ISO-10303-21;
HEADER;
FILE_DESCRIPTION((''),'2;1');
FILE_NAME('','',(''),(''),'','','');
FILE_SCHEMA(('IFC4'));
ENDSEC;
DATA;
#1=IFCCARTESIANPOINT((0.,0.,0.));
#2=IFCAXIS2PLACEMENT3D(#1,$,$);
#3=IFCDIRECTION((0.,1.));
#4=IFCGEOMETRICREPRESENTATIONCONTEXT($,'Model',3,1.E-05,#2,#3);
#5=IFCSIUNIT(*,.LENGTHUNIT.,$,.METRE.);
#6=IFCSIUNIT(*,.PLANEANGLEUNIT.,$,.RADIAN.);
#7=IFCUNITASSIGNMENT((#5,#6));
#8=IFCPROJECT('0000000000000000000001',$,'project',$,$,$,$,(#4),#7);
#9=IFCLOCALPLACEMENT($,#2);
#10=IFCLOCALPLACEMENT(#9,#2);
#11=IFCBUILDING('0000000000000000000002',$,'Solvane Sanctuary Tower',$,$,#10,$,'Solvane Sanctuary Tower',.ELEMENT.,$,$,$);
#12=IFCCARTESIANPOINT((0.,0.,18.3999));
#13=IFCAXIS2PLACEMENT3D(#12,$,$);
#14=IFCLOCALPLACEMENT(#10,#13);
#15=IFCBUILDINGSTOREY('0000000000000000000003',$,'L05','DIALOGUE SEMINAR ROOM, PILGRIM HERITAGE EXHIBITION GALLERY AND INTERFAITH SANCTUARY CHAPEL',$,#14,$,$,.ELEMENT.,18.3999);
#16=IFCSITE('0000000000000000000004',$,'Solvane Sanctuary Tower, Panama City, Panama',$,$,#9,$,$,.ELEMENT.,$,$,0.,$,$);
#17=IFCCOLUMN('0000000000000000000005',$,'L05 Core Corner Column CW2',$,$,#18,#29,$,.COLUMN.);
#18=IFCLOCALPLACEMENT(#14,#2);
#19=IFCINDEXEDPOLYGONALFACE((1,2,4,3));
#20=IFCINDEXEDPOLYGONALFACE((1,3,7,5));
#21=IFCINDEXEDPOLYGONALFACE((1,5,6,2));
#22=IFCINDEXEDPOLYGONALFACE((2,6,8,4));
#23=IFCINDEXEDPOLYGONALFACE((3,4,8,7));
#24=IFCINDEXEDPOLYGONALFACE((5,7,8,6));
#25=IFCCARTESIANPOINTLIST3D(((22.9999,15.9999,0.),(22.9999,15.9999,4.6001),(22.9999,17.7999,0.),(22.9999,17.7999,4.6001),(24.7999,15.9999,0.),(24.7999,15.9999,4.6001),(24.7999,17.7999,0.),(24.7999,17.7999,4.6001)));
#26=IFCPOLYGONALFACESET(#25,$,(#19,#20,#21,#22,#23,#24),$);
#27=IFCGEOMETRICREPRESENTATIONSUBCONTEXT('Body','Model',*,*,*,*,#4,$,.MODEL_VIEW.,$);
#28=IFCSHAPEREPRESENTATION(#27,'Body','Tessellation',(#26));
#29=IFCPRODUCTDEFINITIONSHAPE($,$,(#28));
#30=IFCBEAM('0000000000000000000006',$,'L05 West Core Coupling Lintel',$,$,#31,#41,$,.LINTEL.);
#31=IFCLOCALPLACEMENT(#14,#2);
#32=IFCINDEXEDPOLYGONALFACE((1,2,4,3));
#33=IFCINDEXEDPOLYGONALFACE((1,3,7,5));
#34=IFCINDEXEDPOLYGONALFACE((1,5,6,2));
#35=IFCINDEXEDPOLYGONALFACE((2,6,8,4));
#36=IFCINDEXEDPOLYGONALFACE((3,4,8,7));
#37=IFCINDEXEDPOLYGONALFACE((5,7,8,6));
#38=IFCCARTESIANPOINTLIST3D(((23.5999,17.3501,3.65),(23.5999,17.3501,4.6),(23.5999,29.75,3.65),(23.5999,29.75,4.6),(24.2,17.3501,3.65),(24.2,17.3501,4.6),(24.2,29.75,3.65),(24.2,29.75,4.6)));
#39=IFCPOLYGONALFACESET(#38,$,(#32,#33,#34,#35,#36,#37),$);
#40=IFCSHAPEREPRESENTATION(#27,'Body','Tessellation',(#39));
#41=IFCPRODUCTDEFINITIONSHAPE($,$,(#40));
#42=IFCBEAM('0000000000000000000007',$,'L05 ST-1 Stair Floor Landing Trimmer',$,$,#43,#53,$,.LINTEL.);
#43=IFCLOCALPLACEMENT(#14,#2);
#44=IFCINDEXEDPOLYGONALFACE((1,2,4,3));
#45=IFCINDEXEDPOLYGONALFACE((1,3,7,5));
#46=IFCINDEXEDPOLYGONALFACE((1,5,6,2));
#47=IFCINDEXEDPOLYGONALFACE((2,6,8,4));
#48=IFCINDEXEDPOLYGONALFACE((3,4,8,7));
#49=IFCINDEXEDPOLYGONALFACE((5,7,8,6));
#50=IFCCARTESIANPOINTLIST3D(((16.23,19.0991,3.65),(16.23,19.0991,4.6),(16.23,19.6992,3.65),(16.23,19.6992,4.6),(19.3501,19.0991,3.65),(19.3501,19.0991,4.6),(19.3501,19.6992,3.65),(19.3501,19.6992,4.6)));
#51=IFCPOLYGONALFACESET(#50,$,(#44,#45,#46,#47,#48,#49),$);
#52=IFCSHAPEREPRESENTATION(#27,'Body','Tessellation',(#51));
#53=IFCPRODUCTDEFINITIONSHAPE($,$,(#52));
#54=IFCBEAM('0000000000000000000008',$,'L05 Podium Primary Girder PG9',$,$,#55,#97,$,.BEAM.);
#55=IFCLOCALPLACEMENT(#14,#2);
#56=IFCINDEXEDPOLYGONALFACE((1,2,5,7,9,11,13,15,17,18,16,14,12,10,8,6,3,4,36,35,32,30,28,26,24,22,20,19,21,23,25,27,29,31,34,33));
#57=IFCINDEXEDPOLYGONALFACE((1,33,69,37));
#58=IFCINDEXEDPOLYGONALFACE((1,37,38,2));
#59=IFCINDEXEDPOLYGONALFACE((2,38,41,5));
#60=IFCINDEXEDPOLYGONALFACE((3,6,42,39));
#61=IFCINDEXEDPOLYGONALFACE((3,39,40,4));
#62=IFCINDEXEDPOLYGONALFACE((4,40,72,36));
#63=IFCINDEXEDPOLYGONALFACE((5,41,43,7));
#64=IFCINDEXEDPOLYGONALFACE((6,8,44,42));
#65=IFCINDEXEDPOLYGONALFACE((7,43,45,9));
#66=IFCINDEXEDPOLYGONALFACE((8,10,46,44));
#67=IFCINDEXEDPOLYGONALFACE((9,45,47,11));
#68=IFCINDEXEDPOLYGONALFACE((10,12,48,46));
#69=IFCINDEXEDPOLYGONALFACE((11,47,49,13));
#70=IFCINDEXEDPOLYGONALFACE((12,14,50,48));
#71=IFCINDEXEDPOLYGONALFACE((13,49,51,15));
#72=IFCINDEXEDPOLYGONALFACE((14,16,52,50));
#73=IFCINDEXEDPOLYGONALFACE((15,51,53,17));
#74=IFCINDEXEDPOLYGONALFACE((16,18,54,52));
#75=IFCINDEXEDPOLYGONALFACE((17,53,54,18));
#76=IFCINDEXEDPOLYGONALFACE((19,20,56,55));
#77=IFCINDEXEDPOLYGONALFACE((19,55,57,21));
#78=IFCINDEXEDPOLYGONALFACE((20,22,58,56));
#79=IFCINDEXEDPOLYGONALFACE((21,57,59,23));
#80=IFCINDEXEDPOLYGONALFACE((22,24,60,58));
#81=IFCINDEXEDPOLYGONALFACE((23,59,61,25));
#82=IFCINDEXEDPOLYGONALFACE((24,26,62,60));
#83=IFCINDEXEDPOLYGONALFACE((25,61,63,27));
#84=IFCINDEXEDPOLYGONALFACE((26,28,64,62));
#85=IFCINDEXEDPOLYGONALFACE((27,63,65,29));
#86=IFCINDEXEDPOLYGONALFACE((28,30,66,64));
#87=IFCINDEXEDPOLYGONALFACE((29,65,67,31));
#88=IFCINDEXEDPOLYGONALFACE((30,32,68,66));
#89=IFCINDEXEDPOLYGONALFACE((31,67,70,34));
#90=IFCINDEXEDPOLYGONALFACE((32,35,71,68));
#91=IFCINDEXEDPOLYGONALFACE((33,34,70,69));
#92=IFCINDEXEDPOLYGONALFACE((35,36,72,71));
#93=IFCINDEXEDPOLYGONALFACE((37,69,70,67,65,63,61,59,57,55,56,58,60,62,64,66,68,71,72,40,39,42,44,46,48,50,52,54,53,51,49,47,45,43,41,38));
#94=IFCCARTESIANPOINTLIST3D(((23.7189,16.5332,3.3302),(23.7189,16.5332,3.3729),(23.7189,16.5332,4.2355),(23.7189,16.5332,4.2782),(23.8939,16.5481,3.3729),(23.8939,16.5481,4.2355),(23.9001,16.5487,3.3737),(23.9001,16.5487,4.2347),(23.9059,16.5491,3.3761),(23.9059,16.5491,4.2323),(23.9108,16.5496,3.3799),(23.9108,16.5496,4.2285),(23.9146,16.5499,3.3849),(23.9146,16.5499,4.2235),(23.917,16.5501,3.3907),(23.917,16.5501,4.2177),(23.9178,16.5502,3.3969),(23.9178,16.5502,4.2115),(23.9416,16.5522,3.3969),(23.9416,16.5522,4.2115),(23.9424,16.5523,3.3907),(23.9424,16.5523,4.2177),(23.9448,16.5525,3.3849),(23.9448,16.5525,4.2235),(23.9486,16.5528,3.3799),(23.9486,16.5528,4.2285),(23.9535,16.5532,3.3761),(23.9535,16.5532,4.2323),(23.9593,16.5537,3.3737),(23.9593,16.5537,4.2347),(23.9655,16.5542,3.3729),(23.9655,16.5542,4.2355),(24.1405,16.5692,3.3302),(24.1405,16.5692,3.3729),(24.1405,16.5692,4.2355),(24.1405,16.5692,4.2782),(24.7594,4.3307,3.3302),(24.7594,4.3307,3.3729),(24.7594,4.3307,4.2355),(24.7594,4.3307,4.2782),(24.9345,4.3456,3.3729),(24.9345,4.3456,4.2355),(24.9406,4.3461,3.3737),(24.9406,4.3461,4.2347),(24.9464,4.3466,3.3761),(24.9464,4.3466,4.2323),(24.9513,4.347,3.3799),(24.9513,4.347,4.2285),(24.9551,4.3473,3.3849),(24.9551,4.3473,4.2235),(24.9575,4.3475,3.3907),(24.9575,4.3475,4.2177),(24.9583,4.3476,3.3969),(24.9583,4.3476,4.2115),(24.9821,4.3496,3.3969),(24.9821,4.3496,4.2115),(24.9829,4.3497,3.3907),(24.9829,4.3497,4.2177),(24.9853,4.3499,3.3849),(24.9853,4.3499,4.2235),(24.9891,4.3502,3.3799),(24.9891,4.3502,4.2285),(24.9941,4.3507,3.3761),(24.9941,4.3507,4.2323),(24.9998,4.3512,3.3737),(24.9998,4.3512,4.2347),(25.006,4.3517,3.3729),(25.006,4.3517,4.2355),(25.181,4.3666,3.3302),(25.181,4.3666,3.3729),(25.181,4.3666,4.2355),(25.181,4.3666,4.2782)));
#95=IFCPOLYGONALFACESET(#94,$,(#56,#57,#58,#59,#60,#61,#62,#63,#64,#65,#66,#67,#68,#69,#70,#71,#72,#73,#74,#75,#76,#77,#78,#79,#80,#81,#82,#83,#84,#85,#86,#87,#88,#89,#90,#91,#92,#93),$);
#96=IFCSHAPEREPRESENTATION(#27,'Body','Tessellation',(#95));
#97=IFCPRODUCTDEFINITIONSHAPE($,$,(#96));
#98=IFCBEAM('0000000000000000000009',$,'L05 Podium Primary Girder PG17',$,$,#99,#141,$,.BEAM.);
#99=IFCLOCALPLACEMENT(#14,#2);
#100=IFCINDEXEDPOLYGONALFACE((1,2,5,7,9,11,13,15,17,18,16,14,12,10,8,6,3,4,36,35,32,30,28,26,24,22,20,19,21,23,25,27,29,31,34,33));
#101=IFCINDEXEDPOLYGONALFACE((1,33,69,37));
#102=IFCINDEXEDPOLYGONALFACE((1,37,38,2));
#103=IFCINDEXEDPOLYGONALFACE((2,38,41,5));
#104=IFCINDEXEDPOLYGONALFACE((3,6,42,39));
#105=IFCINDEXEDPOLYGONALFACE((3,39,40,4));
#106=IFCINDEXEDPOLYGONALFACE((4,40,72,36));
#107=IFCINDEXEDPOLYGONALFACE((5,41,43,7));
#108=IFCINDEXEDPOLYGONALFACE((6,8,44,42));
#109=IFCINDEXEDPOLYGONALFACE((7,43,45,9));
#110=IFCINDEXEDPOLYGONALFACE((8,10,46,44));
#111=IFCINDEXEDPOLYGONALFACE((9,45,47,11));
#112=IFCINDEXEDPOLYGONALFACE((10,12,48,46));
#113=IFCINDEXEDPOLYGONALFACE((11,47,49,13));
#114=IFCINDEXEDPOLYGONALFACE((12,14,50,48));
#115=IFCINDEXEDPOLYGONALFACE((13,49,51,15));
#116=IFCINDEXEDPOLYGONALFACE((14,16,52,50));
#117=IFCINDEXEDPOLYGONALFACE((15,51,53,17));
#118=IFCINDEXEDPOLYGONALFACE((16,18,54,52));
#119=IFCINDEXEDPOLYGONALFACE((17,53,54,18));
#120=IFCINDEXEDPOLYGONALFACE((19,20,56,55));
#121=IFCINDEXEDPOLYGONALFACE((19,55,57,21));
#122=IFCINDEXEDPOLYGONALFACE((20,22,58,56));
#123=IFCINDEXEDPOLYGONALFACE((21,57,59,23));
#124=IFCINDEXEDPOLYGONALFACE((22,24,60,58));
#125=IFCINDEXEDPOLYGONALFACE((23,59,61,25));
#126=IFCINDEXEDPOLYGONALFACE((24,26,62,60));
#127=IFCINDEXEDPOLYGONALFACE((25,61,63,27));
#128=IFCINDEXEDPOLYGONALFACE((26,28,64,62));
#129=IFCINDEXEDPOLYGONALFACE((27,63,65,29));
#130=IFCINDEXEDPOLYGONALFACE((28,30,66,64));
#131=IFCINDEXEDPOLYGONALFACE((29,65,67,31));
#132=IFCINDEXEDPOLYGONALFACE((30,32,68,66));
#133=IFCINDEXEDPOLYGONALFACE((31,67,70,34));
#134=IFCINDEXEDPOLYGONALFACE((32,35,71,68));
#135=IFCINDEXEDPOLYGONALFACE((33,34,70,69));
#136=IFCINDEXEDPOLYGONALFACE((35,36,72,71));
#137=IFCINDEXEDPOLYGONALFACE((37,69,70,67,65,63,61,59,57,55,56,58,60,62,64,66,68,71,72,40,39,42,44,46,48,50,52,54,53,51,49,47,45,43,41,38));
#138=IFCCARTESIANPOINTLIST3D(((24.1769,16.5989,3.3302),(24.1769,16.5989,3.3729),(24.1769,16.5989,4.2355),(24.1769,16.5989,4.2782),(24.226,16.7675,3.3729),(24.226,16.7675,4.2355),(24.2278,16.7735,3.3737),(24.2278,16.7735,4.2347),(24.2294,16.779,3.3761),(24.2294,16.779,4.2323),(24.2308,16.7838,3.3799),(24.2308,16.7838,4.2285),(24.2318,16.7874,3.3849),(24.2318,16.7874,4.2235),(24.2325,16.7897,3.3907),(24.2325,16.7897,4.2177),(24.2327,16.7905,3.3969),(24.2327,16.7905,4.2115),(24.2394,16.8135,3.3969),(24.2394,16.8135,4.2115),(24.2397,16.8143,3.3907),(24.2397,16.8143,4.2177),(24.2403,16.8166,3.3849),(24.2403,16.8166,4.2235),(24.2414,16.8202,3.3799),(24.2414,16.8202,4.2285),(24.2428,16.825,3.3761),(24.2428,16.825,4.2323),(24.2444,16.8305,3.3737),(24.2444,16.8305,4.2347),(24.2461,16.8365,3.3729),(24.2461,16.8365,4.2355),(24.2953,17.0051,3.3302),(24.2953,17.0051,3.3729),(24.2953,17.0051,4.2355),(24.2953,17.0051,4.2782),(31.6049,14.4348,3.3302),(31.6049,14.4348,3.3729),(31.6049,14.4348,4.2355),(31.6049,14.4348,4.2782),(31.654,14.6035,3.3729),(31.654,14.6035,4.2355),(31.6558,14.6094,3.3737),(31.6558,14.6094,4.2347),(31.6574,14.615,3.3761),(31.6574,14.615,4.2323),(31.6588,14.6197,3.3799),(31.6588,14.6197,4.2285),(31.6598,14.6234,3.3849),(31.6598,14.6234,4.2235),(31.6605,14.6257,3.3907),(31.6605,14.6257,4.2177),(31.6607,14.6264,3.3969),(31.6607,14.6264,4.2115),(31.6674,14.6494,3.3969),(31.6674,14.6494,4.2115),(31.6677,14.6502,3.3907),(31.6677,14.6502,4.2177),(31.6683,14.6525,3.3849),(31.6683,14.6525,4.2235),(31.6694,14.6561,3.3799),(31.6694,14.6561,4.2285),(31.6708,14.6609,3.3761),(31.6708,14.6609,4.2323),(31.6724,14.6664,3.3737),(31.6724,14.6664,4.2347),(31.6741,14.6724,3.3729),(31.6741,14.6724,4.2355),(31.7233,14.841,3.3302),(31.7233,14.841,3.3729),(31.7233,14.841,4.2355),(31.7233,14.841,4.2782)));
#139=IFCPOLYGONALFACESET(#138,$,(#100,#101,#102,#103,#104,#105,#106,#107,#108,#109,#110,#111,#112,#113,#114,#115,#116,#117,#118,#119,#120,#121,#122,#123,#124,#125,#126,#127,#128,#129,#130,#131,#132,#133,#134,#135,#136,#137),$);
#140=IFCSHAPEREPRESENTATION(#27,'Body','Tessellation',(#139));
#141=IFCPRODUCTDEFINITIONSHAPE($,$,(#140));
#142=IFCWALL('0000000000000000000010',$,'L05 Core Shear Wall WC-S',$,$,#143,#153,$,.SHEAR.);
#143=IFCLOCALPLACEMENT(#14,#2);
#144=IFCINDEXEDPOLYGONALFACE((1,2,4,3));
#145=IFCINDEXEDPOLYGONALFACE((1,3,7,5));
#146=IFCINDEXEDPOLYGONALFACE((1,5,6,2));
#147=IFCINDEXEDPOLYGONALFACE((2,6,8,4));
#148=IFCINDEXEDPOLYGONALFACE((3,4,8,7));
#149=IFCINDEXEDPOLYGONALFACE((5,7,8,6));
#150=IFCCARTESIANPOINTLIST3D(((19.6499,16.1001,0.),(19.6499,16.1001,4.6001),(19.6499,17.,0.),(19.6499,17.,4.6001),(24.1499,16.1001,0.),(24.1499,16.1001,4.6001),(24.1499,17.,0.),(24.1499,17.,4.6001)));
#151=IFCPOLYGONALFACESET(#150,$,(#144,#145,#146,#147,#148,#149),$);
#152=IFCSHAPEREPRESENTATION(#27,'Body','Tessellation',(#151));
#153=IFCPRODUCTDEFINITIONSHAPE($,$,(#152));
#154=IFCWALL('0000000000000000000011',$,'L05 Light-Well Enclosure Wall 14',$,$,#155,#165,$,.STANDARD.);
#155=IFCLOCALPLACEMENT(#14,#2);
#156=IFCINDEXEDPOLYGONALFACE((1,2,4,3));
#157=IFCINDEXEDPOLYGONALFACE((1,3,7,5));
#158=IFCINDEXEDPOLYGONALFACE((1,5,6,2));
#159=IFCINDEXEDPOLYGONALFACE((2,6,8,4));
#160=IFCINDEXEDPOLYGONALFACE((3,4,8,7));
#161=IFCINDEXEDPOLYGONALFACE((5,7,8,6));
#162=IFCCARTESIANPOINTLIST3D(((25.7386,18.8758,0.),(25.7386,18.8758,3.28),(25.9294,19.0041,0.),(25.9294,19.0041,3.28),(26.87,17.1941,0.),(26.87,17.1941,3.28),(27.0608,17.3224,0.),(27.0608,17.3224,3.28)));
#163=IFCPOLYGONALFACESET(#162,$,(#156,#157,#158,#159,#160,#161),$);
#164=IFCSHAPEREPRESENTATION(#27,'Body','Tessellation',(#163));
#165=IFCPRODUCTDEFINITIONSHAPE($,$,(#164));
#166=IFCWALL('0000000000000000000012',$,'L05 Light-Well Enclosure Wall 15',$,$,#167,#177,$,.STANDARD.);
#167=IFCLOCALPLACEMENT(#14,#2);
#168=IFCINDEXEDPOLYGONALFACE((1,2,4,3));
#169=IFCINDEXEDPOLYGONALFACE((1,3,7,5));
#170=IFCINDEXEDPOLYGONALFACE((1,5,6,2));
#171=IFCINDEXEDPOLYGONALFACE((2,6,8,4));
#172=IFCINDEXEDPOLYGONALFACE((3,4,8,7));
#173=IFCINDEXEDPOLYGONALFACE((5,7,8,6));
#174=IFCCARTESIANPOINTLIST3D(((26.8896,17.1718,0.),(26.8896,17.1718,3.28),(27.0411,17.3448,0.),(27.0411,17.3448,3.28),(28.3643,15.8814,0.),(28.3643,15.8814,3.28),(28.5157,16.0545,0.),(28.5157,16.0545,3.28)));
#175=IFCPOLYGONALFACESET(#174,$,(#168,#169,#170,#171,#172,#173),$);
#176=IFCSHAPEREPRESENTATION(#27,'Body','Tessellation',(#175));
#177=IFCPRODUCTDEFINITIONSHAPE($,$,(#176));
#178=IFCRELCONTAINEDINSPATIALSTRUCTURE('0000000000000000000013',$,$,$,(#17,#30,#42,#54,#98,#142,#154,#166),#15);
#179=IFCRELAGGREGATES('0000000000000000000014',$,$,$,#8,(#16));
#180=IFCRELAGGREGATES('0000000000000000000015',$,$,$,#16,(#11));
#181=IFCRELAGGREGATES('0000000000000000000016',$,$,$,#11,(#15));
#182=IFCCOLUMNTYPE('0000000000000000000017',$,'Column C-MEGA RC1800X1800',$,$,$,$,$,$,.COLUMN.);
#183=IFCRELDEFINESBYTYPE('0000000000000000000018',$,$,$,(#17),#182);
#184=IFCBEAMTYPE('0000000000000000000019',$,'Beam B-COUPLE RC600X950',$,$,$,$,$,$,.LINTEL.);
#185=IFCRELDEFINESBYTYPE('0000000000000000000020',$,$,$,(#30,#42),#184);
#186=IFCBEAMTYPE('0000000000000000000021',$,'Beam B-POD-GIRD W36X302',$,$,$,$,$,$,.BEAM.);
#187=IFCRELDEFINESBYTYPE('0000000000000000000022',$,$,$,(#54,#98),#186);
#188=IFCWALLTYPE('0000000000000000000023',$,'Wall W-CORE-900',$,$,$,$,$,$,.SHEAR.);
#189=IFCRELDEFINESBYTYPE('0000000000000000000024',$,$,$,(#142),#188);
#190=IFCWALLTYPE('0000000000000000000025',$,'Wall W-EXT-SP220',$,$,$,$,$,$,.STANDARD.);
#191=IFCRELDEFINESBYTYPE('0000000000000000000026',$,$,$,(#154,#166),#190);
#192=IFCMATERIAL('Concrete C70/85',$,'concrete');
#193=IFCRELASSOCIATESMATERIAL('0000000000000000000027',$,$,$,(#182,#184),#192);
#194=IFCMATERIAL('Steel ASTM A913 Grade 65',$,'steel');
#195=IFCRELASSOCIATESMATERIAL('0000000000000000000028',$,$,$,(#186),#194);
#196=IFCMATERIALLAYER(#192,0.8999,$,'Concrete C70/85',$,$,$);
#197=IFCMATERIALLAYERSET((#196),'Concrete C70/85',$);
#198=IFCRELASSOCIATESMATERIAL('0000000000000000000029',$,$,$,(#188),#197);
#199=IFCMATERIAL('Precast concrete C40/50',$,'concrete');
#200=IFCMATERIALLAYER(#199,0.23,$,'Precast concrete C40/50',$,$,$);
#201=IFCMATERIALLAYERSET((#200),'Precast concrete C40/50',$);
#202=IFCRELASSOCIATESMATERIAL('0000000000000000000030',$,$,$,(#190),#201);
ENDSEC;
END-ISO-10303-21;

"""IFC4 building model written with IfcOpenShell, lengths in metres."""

from ifc_helpers import new_model, si_unit, direction, frame, frame_2d, origin, origin_2d, place, context, subcontext, project, spatial, rectangle, i_section, extrude, material, layer, layer_set, material_profile, profile_set, type_object, element, save


model = new_model("IFC4")

# Units and contexts
model_context = context("Model", 3, precision=1e-05, world=origin(), true_north=direction((0.0, 1.0)))
body_context = subcontext(model_context, "Body", "Model", "MODEL_VIEW")
ifc_project = project(units=[si_unit("LENGTHUNIT", "METRE"), si_unit("PLANEANGLEUNIT", "RADIAN")], contexts=[model_context])

# Site, building, storey
site_placement = place(None, origin())
site = spatial("IfcSite", under=ifc_project, at=site_placement, Name="Solvane Sanctuary Tower, Panama City, Panama", CompositionType="ELEMENT", RefElevation=0.0)
building_placement = place(site_placement, origin())
building = spatial("IfcBuilding", under=site, at=building_placement, Name="Solvane Sanctuary Tower", LongName="Solvane Sanctuary Tower", CompositionType="ELEMENT")
storey_placement = place(building_placement, frame((0.0, 0.0, 18.3999)))
storey = spatial("IfcBuildingStorey", under=building, at=storey_placement, Name="L05", Description="DIALOGUE SEMINAR ROOM, PILGRIM HERITAGE EXHIBITION GALLERY AND INTERFAITH SANCTUARY CHAPEL", CompositionType="ELEMENT", Elevation=18.3999)

# Column
ifc_material_1 = material(Name="Concrete C70/85", Category="concrete")
ifc_material_profile_1 = material_profile(ifc_material_1, rectangle(XDim=1.8, YDim=1.8, at=origin_2d()), Name="RC1800X1800")
ifc_profile_set_1 = profile_set([ifc_material_profile_1], Name="Concrete C70/85")
column_type = type_object("IfcColumnType", Name="Column C-MEGA RC1800X1800", PredefinedType="COLUMN", material=ifc_profile_set_1)
column_placement = place(storey_placement, frame((23.8999, 16.8999, 0.0), z_axis=(0.0, 0.0, 1.0), x_axis=(1.0, 0.0, 0.0)))
element("IfcColumn", 1, at=column_placement, inside=storey, type_object=column_type, Name="L05 Core Corner Column CW2", PredefinedType="COLUMN", context=body_context, shape_type="SweptSolid", body=[
    extrude(rectangle(XDim=1.8, YDim=1.8, at=origin_2d()), origin(), (0.0, 0.0, 1.0), 4.6001),
])

# Beams
ifc_material_profile_2 = material_profile(ifc_material_1, rectangle(XDim=0.6001, YDim=0.95, at=origin_2d()), Name="RC600X950")
ifc_profile_set_2 = profile_set([ifc_material_profile_2], Name="Concrete C70/85")
beam_type_1 = type_object("IfcBeamType", Name="Beam B-COUPLE RC600X950", PredefinedType="LINTEL", material=ifc_profile_set_2)
beam_1_placement = place(storey_placement, frame((23.8999, 17.3501, 4.125), z_axis=(0.0, 1.0, 0.0), x_axis=(-1.0, 0.0, 0.0)))
element("IfcBeam", 2, at=beam_1_placement, inside=storey, type_object=beam_type_1, Name="L05 West Core Coupling Lintel", PredefinedType="LINTEL", context=body_context, shape_type="SweptSolid", body=[
    extrude(rectangle(XDim=0.6001, YDim=0.95, at=origin_2d()), origin(), (0.0, 0.0, 1.0), 12.3999),
])
beam_2_placement = place(storey_placement, frame((16.23, 19.3992, 4.125), z_axis=(1.0, 0.0, 0.0), x_axis=(0.0, 1.0, 0.0)))
element("IfcBeam", 3, at=beam_2_placement, inside=storey, type_object=beam_type_1, Name="L05 ST-1 Stair Floor Landing Trimmer", PredefinedType="LINTEL", context=body_context, shape_type="SweptSolid", body=[
    extrude(rectangle(XDim=0.6001, YDim=0.95, at=origin_2d()), origin(), (0.0, 0.0, 1.0), 3.1201),
])
ifc_material_2 = material(Name="Steel ASTM A913 Grade 65", Category="steel")
ifc_material_profile_3 = material_profile(ifc_material_2, i_section(OverallWidth=0.4231, OverallDepth=0.948, WebThickness=0.0239, FlangeThickness=0.0427, FilletRadius=0.0239, at=origin_2d()), Name="W36X302")
ifc_profile_set_3 = profile_set([ifc_material_profile_3], Name="Steel ASTM A913 Grade 65")
beam_type_2 = type_object("IfcBeamType", Name="Beam B-POD-GIRD W36X302", PredefinedType="BEAM", material=ifc_profile_set_3)
beam_3_placement = place(storey_placement, frame((24.9702, 4.3486, 3.8042), z_axis=(-0.084962, 0.996384, 0.0), x_axis=(-0.996384, -0.084962, 0.0)))
element("IfcBeam", 4, at=beam_3_placement, inside=storey, type_object=beam_type_2, Name="L05 Podium Primary Girder PG9", PredefinedType="BEAM", context=body_context, shape_type="SweptSolid", body=[
    extrude(i_section(OverallWidth=0.4231, OverallDepth=0.948, WebThickness=0.0239, FlangeThickness=0.0427, FilletRadius=0.0239, at=origin_2d()), origin(), (0.0, 0.0, 1.0), 12.2468),
])
beam_4_placement = place(storey_placement, frame((24.2361, 16.802, 3.8042), z_axis=(0.960084, -0.27971, 0.0), x_axis=(0.27971, 0.960084, 0.0)))
element("IfcBeam", 5, at=beam_4_placement, inside=storey, type_object=beam_type_2, Name="L05 Podium Primary Girder PG17", PredefinedType="BEAM", context=body_context, shape_type="SweptSolid", body=[
    extrude(i_section(OverallWidth=0.4231, OverallDepth=0.948, WebThickness=0.0239, FlangeThickness=0.0427, FilletRadius=0.0239, at=origin_2d()), origin(), (0.0, 0.0, 1.0), 7.7368),
])

# Walls
ifc_layer_1 = layer(ifc_material_1, 0.8999, Name="Concrete C70/85")
ifc_layer_set_1 = layer_set([ifc_layer_1], Name="Concrete C70/85")
wall_type_1 = type_object("IfcWallType", Name="Wall W-CORE-900", PredefinedType="SHEAR", material=ifc_layer_set_1)
wall_1_placement = place(storey_placement, frame((19.6499, 16.55, 0.0), z_axis=(0.0, 0.0, 1.0), x_axis=(1.0, 0.0, 0.0)))
element("IfcWall", 6, at=wall_1_placement, inside=storey, type_object=wall_type_1, Name="L05 Core Shear Wall WC-S", PredefinedType="SHEAR", context=body_context, shape_type="SweptSolid", body=[
    extrude(rectangle(XDim=4.5, YDim=0.8999, at=frame_2d((2.25, 0.0))), origin(), (0.0, 0.0, 1.0), 4.6001),
])
ifc_material_3 = material(Name="Precast concrete C40/50", Category="concrete")
ifc_layer_2 = layer(ifc_material_3, 0.23, Name="Precast concrete C40/50")
ifc_layer_set_2 = layer_set([ifc_layer_2], Name="Precast concrete C40/50")
wall_type_2 = type_object("IfcWallType", Name="Wall W-EXT-SP220", PredefinedType="STANDARD", material=ifc_layer_set_2)
wall_2_placement = place(storey_placement, frame((25.834, 18.9399, 0.0), z_axis=(0.0, 0.0, 1.0), x_axis=(0.558198, -0.829708, 0.0)))
element("IfcWall", 7, at=wall_2_placement, inside=storey, type_object=wall_type_2, Name="L05 Light-Well Enclosure Wall 14", PredefinedType="STANDARD", context=body_context, shape_type="SweptSolid", body=[
    extrude(rectangle(XDim=2.0269, YDim=0.23, at=frame_2d((1.0134, 0.0))), origin(), (0.0, 0.0, 1.0), 3.28),
])
wall_3_placement = place(storey_placement, frame((26.9653, 17.2583, 0.0), z_axis=(0.0, 0.0, 1.0), x_axis=(0.752577, -0.658505, 0.0)))
element("IfcWall", 8, at=wall_3_placement, inside=storey, type_object=wall_type_2, Name="L05 Light-Well Enclosure Wall 15", PredefinedType="STANDARD", context=body_context, shape_type="SweptSolid", body=[
    extrude(rectangle(XDim=1.9595, YDim=0.23, at=frame_2d((0.9797, 0.0))), origin(), (0.0, 0.0, 1.0), 3.28),
])

save(model, "model.ifc")
